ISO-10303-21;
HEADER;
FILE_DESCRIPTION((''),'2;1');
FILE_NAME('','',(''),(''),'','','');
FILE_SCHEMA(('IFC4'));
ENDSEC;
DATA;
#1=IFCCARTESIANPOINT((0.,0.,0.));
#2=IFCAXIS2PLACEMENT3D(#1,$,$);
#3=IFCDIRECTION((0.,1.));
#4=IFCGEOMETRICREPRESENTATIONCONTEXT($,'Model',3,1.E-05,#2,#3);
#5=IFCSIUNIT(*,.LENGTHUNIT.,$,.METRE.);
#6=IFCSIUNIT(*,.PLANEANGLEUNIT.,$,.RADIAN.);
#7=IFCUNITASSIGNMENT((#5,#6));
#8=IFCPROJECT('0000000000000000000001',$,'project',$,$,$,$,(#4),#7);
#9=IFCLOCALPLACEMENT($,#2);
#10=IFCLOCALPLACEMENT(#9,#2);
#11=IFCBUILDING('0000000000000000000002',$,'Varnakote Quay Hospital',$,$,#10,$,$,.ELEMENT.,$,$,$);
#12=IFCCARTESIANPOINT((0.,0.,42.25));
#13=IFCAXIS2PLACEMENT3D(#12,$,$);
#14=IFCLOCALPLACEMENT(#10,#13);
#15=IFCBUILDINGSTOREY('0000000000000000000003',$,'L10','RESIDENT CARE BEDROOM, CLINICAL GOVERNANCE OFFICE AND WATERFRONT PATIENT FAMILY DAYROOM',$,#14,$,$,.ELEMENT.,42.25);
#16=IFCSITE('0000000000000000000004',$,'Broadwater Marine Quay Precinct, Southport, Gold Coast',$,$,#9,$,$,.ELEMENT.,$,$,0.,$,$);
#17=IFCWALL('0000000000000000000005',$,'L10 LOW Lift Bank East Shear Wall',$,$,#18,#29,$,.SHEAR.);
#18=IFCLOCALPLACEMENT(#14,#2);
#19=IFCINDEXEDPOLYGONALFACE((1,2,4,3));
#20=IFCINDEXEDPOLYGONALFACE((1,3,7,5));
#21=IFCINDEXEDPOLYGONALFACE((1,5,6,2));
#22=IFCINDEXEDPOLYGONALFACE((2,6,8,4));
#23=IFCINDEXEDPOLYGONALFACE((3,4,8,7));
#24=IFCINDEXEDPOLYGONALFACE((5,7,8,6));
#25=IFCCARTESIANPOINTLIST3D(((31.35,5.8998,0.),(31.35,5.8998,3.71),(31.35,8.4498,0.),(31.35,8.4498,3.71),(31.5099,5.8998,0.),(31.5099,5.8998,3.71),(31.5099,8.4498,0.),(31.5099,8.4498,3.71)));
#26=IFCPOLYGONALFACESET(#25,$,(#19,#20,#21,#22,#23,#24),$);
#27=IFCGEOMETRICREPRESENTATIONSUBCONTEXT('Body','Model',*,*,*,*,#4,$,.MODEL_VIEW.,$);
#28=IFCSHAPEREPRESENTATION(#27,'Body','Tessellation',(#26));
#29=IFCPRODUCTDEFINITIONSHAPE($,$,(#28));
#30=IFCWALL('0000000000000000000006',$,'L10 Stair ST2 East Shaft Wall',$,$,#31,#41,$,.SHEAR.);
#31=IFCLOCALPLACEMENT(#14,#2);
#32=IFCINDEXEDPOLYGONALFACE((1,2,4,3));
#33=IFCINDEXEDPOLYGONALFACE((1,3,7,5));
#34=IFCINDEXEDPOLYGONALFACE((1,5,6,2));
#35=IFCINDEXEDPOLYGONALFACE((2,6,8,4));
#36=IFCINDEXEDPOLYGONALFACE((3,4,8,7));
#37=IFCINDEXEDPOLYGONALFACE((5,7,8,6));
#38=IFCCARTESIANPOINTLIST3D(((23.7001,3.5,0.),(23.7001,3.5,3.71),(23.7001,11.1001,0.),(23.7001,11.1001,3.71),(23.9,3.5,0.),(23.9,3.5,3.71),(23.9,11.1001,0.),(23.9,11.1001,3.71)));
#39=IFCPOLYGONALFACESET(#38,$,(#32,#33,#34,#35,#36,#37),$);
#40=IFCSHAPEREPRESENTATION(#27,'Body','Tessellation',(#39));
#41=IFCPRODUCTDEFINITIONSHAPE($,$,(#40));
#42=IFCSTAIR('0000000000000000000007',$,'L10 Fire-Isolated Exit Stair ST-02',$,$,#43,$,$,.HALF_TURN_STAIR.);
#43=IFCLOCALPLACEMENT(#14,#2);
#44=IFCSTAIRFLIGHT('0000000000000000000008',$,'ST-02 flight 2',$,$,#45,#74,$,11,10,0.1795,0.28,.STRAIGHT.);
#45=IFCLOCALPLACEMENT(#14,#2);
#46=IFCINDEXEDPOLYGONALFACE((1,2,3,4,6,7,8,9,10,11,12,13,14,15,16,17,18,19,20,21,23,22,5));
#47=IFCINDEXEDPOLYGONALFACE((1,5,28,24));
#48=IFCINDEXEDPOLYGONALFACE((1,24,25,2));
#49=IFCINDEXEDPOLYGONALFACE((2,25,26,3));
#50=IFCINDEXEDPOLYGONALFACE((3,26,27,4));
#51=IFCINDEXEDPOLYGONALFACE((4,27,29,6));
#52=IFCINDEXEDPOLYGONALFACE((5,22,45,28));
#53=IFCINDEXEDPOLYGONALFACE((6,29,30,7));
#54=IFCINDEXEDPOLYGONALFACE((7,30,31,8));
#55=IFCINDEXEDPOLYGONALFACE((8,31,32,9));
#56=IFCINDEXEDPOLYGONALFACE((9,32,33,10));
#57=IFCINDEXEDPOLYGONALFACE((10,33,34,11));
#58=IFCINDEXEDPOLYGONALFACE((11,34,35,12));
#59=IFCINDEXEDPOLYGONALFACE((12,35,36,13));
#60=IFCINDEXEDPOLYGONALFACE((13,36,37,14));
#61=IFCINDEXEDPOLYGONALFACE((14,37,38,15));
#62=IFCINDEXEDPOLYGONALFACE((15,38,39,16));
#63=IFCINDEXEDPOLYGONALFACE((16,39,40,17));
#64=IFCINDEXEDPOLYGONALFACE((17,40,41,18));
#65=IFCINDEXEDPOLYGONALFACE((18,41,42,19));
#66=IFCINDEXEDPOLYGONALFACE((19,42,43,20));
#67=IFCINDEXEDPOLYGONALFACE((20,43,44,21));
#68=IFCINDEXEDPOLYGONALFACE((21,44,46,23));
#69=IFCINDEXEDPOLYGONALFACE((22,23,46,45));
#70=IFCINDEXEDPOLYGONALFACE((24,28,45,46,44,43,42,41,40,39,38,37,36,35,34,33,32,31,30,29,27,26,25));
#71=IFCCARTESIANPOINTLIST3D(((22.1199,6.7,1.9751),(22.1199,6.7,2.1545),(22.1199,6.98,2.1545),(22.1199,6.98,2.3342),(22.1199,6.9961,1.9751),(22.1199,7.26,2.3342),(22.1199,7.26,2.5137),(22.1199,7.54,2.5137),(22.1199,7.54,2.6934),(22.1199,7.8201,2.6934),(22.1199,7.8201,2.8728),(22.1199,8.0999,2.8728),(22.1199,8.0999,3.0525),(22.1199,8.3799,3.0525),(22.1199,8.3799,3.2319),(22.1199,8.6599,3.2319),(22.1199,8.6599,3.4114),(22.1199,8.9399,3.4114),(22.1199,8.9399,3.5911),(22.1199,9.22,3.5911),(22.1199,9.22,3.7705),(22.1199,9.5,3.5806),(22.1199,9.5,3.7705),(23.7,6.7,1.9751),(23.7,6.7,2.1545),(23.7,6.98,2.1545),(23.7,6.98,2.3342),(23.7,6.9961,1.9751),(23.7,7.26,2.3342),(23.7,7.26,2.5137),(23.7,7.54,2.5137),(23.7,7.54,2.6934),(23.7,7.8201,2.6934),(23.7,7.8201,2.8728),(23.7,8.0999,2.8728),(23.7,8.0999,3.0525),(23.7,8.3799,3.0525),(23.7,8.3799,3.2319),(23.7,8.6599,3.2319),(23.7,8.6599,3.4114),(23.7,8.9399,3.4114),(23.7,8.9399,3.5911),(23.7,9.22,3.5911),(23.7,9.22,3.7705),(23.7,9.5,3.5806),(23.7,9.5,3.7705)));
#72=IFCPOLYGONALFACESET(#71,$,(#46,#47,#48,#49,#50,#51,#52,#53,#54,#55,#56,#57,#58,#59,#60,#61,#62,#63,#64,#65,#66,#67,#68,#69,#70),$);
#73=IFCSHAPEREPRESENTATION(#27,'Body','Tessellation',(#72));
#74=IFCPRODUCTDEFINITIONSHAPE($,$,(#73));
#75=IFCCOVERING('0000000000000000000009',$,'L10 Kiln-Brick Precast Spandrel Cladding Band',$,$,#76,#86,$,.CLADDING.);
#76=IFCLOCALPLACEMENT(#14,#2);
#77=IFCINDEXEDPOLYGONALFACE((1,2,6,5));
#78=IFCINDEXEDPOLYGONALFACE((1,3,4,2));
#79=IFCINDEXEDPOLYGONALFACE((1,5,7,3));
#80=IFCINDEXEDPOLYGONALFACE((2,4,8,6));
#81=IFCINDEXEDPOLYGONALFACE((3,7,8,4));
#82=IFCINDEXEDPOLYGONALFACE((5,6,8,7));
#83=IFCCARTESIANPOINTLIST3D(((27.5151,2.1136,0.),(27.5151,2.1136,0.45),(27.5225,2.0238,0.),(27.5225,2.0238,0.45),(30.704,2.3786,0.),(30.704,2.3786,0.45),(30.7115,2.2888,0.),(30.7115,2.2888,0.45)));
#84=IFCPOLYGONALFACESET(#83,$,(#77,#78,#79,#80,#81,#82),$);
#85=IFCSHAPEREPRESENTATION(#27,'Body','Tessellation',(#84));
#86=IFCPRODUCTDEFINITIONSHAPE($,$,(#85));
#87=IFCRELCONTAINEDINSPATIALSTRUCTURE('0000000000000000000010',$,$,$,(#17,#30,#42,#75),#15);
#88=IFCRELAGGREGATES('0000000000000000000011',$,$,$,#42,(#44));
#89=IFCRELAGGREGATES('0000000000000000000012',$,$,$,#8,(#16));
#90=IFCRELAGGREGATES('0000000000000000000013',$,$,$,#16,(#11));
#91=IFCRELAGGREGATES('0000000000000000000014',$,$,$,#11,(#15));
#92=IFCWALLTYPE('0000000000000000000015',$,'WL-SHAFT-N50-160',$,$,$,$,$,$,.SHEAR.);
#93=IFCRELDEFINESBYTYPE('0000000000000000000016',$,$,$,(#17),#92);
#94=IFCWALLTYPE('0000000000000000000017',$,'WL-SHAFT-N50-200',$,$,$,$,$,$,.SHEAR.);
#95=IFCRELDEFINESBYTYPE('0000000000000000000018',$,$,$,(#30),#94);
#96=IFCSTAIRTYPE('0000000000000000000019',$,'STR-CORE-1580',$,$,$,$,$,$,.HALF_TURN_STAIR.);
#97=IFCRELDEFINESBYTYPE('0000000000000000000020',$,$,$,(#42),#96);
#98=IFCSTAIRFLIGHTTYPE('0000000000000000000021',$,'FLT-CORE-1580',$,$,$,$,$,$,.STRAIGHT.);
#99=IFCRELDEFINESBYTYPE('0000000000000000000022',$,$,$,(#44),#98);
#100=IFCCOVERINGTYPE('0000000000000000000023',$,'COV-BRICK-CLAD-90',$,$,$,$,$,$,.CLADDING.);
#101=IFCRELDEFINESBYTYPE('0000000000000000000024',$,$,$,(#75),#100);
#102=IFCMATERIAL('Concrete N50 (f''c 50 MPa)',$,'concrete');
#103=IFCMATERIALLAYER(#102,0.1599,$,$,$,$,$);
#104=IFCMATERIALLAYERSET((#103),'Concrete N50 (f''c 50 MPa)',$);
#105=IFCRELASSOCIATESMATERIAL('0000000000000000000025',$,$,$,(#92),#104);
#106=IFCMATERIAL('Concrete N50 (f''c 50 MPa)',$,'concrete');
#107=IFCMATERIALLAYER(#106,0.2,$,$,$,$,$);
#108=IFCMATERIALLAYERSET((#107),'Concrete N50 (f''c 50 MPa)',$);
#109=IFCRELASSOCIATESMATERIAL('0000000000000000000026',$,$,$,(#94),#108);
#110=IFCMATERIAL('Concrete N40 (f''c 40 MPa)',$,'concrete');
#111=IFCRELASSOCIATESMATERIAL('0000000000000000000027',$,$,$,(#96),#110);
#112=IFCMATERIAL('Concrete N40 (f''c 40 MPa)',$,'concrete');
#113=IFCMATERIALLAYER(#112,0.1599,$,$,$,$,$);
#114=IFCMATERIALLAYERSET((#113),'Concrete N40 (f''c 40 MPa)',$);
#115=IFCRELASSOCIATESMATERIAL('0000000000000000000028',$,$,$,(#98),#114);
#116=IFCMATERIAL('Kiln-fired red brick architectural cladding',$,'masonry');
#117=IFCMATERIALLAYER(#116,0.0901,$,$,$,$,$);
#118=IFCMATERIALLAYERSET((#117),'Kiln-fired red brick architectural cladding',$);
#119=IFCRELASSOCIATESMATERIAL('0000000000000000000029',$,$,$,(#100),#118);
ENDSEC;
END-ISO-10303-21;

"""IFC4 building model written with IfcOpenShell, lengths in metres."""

from ifc_helpers import new_model, si_unit, direction, frame, frame_2d, origin, origin_2d, place, context, subcontext, project, spatial, polyline, rectangle, outline, extrude, material, layer, layer_set, type_object, element, aggregate, save


model = new_model("IFC4")

# Units and contexts
model_context = context("Model", 3, precision=1e-05, world=origin(), true_north=direction((0.0, 1.0)))
body_context = subcontext(model_context, "Body", "Model", "MODEL_VIEW")
ifc_project = project(units=[si_unit("LENGTHUNIT", "METRE"), si_unit("PLANEANGLEUNIT", "RADIAN")], contexts=[model_context])

# Site, building, storey
site_placement = place(None, origin())
site = spatial("IfcSite", under=ifc_project, at=site_placement, Name="Broadwater Marine Quay Precinct, Southport, Gold Coast", CompositionType="ELEMENT", RefElevation=0.0)
building_placement = place(site_placement, origin())
building = spatial("IfcBuilding", under=site, at=building_placement, Name="Varnakote Quay Hospital", CompositionType="ELEMENT")
storey_placement = place(building_placement, frame((0.0, 0.0, 42.25)))
storey = spatial("IfcBuildingStorey", under=building, at=storey_placement, Name="L10", Description="RESIDENT CARE BEDROOM, CLINICAL GOVERNANCE OFFICE AND WATERFRONT PATIENT FAMILY DAYROOM", CompositionType="ELEMENT", Elevation=42.25)

# Wall
ifc_material_1 = material(Name="Concrete N50 (f'c 50 MPa)", Category="concrete")
ifc_layer_1 = layer(ifc_material_1, 0.1599)
ifc_layer_set_1 = layer_set([ifc_layer_1], Name="Concrete N50 (f'c 50 MPa)")
wall_type_1 = type_object("IfcWallType", Name="WL-SHAFT-N50-160", PredefinedType="SHEAR", material=ifc_layer_set_1)
for number, where, z_axis, x_axis, name in (
    (1, (31.4299, 5.8999, 0.0), (0.0, 0.0, 1.0), (0.0, 1.0, 0.0), "L10 LOW Lift Bank East Shear Wall"),
):
    element("IfcWall", number, at=place(storey_placement, frame(where, z_axis=z_axis, x_axis=x_axis)), inside=storey, type_object=wall_type_1, Name=name, PredefinedType="SHEAR", context=body_context, shape_type="SweptSolid", body=[
        extrude(rectangle(XDim=2.55, YDim=0.1599, at=frame_2d((1.2749, 0.0))), origin(), (0.0, 0.0, 1.0), 3.71),
    ])

# Wall
ifc_material_2 = material(Name="Concrete N50 (f'c 50 MPa)", Category="concrete")
ifc_layer_2 = layer(ifc_material_2, 0.2)
ifc_layer_set_2 = layer_set([ifc_layer_2], Name="Concrete N50 (f'c 50 MPa)")
wall_type_2 = type_object("IfcWallType", Name="WL-SHAFT-N50-200", PredefinedType="SHEAR", material=ifc_layer_set_2)
wall_1_placement = place(storey_placement, frame((23.8, 3.5, 0.0), z_axis=(0.0, 0.0, 1.0), x_axis=(0.0, 1.0, 0.0)))
element("IfcWall", 2, at=wall_1_placement, inside=storey, type_object=wall_type_2, Name="L10 Stair ST2 East Shaft Wall", PredefinedType="SHEAR", context=body_context, shape_type="SweptSolid", body=[
    extrude(rectangle(XDim=7.6001, YDim=0.2, at=frame_2d((3.8, 0.0))), origin(), (0.0, 0.0, 1.0), 3.71),
])

# Stair, stair flight
ifc_material_3 = material(Name="Concrete N40 (f'c 40 MPa)", Category="concrete")
stair_type = type_object("IfcStairType", Name="STR-CORE-1580", PredefinedType="HALF_TURN_STAIR", material=ifc_material_3)
stair_placement = place(storey_placement, origin())
stair = element("IfcStair", 3, at=stair_placement, inside=storey, type_object=stair_type, Name="L10 Fire-Isolated Exit Stair ST-02", PredefinedType="HALF_TURN_STAIR")
ifc_material_4 = material(Name="Concrete N40 (f'c 40 MPa)", Category="concrete")
ifc_layer_3 = layer(ifc_material_4, 0.1599)
ifc_layer_set_3 = layer_set([ifc_layer_3], Name="Concrete N40 (f'c 40 MPa)")
stair_flight_type = type_object("IfcStairFlightType", Name="FLT-CORE-1580", PredefinedType="STRAIGHT", material=ifc_layer_set_3)
stair_flight_placement = place(storey_placement, frame((22.9099, 6.7, 1.9751), z_axis=(0.0, 0.0, 1.0), x_axis=(0.0, 1.0, 0.0)))
stair_flight = element("IfcStairFlight", 4, at=stair_flight_placement, type_object=stair_flight_type, Name="ST-02 flight 2", NumberOfRisers=11, NumberOfTreads=10, PredefinedType="STRAIGHT", RiserHeight=0.1795, TreadLength=0.28, context=body_context, shape_type="SweptSolid", body=[
    extrude(outline(polyline([(0.0, 0.0), (0.0, 0.1794), (0.28, 0.1794), (0.28, 0.3591), (0.5601, 0.3591), (0.5601, 0.5386), (0.8401, 0.5386), (0.8401, 0.7183), (1.1201, 0.7183), (1.1201, 0.8977), (1.3999, 0.8977), (1.3999, 1.0774), (1.6799, 1.0774), (1.6799, 1.2568), (1.96, 1.2568), (1.96, 1.4363), (2.24, 1.4363), (2.24, 1.616), (2.52, 1.616), (2.52, 1.7954), (2.8, 1.7954), (2.8, 1.9751), (2.8, 1.6055), (0.2961, 0.0), (0.0, 0.0)])), frame((0.0, 0.79, 0.0), z_axis=(0.0, -1.0, 0.0), x_axis=(1.0, 0.0, 0.0)), (0.0, 0.0, 1.0), 1.5801),
])
aggregate(stair, [stair_flight])

# Covering
ifc_material_5 = material(Name="Kiln-fired red brick architectural cladding", Category="masonry")
ifc_layer_4 = layer(ifc_material_5, 0.0901)
ifc_layer_set_4 = layer_set([ifc_layer_4], Name="Kiln-fired red brick architectural cladding")
covering_type = type_object("IfcCoveringType", Name="COV-BRICK-CLAD-90", PredefinedType="CLADDING", material=ifc_layer_set_4)
covering_placement = place(storey_placement, frame((29.1133, 2.2012, 0.0), z_axis=(0.0, 0.0, 1.0), x_axis=(0.996566, 0.082808, 0.0)))
element("IfcCovering", 5, at=covering_placement, inside=storey, type_object=covering_type, Name="L10 Kiln-Brick Precast Spandrel Cladding Band", PredefinedType="CLADDING", context=body_context, shape_type="SweptSolid", body=[
    extrude(rectangle(XDim=3.2, YDim=0.0901, at=origin_2d()), origin(), (0.0, 0.0, 1.0), 0.45),
])

save(model, "model.ifc")
